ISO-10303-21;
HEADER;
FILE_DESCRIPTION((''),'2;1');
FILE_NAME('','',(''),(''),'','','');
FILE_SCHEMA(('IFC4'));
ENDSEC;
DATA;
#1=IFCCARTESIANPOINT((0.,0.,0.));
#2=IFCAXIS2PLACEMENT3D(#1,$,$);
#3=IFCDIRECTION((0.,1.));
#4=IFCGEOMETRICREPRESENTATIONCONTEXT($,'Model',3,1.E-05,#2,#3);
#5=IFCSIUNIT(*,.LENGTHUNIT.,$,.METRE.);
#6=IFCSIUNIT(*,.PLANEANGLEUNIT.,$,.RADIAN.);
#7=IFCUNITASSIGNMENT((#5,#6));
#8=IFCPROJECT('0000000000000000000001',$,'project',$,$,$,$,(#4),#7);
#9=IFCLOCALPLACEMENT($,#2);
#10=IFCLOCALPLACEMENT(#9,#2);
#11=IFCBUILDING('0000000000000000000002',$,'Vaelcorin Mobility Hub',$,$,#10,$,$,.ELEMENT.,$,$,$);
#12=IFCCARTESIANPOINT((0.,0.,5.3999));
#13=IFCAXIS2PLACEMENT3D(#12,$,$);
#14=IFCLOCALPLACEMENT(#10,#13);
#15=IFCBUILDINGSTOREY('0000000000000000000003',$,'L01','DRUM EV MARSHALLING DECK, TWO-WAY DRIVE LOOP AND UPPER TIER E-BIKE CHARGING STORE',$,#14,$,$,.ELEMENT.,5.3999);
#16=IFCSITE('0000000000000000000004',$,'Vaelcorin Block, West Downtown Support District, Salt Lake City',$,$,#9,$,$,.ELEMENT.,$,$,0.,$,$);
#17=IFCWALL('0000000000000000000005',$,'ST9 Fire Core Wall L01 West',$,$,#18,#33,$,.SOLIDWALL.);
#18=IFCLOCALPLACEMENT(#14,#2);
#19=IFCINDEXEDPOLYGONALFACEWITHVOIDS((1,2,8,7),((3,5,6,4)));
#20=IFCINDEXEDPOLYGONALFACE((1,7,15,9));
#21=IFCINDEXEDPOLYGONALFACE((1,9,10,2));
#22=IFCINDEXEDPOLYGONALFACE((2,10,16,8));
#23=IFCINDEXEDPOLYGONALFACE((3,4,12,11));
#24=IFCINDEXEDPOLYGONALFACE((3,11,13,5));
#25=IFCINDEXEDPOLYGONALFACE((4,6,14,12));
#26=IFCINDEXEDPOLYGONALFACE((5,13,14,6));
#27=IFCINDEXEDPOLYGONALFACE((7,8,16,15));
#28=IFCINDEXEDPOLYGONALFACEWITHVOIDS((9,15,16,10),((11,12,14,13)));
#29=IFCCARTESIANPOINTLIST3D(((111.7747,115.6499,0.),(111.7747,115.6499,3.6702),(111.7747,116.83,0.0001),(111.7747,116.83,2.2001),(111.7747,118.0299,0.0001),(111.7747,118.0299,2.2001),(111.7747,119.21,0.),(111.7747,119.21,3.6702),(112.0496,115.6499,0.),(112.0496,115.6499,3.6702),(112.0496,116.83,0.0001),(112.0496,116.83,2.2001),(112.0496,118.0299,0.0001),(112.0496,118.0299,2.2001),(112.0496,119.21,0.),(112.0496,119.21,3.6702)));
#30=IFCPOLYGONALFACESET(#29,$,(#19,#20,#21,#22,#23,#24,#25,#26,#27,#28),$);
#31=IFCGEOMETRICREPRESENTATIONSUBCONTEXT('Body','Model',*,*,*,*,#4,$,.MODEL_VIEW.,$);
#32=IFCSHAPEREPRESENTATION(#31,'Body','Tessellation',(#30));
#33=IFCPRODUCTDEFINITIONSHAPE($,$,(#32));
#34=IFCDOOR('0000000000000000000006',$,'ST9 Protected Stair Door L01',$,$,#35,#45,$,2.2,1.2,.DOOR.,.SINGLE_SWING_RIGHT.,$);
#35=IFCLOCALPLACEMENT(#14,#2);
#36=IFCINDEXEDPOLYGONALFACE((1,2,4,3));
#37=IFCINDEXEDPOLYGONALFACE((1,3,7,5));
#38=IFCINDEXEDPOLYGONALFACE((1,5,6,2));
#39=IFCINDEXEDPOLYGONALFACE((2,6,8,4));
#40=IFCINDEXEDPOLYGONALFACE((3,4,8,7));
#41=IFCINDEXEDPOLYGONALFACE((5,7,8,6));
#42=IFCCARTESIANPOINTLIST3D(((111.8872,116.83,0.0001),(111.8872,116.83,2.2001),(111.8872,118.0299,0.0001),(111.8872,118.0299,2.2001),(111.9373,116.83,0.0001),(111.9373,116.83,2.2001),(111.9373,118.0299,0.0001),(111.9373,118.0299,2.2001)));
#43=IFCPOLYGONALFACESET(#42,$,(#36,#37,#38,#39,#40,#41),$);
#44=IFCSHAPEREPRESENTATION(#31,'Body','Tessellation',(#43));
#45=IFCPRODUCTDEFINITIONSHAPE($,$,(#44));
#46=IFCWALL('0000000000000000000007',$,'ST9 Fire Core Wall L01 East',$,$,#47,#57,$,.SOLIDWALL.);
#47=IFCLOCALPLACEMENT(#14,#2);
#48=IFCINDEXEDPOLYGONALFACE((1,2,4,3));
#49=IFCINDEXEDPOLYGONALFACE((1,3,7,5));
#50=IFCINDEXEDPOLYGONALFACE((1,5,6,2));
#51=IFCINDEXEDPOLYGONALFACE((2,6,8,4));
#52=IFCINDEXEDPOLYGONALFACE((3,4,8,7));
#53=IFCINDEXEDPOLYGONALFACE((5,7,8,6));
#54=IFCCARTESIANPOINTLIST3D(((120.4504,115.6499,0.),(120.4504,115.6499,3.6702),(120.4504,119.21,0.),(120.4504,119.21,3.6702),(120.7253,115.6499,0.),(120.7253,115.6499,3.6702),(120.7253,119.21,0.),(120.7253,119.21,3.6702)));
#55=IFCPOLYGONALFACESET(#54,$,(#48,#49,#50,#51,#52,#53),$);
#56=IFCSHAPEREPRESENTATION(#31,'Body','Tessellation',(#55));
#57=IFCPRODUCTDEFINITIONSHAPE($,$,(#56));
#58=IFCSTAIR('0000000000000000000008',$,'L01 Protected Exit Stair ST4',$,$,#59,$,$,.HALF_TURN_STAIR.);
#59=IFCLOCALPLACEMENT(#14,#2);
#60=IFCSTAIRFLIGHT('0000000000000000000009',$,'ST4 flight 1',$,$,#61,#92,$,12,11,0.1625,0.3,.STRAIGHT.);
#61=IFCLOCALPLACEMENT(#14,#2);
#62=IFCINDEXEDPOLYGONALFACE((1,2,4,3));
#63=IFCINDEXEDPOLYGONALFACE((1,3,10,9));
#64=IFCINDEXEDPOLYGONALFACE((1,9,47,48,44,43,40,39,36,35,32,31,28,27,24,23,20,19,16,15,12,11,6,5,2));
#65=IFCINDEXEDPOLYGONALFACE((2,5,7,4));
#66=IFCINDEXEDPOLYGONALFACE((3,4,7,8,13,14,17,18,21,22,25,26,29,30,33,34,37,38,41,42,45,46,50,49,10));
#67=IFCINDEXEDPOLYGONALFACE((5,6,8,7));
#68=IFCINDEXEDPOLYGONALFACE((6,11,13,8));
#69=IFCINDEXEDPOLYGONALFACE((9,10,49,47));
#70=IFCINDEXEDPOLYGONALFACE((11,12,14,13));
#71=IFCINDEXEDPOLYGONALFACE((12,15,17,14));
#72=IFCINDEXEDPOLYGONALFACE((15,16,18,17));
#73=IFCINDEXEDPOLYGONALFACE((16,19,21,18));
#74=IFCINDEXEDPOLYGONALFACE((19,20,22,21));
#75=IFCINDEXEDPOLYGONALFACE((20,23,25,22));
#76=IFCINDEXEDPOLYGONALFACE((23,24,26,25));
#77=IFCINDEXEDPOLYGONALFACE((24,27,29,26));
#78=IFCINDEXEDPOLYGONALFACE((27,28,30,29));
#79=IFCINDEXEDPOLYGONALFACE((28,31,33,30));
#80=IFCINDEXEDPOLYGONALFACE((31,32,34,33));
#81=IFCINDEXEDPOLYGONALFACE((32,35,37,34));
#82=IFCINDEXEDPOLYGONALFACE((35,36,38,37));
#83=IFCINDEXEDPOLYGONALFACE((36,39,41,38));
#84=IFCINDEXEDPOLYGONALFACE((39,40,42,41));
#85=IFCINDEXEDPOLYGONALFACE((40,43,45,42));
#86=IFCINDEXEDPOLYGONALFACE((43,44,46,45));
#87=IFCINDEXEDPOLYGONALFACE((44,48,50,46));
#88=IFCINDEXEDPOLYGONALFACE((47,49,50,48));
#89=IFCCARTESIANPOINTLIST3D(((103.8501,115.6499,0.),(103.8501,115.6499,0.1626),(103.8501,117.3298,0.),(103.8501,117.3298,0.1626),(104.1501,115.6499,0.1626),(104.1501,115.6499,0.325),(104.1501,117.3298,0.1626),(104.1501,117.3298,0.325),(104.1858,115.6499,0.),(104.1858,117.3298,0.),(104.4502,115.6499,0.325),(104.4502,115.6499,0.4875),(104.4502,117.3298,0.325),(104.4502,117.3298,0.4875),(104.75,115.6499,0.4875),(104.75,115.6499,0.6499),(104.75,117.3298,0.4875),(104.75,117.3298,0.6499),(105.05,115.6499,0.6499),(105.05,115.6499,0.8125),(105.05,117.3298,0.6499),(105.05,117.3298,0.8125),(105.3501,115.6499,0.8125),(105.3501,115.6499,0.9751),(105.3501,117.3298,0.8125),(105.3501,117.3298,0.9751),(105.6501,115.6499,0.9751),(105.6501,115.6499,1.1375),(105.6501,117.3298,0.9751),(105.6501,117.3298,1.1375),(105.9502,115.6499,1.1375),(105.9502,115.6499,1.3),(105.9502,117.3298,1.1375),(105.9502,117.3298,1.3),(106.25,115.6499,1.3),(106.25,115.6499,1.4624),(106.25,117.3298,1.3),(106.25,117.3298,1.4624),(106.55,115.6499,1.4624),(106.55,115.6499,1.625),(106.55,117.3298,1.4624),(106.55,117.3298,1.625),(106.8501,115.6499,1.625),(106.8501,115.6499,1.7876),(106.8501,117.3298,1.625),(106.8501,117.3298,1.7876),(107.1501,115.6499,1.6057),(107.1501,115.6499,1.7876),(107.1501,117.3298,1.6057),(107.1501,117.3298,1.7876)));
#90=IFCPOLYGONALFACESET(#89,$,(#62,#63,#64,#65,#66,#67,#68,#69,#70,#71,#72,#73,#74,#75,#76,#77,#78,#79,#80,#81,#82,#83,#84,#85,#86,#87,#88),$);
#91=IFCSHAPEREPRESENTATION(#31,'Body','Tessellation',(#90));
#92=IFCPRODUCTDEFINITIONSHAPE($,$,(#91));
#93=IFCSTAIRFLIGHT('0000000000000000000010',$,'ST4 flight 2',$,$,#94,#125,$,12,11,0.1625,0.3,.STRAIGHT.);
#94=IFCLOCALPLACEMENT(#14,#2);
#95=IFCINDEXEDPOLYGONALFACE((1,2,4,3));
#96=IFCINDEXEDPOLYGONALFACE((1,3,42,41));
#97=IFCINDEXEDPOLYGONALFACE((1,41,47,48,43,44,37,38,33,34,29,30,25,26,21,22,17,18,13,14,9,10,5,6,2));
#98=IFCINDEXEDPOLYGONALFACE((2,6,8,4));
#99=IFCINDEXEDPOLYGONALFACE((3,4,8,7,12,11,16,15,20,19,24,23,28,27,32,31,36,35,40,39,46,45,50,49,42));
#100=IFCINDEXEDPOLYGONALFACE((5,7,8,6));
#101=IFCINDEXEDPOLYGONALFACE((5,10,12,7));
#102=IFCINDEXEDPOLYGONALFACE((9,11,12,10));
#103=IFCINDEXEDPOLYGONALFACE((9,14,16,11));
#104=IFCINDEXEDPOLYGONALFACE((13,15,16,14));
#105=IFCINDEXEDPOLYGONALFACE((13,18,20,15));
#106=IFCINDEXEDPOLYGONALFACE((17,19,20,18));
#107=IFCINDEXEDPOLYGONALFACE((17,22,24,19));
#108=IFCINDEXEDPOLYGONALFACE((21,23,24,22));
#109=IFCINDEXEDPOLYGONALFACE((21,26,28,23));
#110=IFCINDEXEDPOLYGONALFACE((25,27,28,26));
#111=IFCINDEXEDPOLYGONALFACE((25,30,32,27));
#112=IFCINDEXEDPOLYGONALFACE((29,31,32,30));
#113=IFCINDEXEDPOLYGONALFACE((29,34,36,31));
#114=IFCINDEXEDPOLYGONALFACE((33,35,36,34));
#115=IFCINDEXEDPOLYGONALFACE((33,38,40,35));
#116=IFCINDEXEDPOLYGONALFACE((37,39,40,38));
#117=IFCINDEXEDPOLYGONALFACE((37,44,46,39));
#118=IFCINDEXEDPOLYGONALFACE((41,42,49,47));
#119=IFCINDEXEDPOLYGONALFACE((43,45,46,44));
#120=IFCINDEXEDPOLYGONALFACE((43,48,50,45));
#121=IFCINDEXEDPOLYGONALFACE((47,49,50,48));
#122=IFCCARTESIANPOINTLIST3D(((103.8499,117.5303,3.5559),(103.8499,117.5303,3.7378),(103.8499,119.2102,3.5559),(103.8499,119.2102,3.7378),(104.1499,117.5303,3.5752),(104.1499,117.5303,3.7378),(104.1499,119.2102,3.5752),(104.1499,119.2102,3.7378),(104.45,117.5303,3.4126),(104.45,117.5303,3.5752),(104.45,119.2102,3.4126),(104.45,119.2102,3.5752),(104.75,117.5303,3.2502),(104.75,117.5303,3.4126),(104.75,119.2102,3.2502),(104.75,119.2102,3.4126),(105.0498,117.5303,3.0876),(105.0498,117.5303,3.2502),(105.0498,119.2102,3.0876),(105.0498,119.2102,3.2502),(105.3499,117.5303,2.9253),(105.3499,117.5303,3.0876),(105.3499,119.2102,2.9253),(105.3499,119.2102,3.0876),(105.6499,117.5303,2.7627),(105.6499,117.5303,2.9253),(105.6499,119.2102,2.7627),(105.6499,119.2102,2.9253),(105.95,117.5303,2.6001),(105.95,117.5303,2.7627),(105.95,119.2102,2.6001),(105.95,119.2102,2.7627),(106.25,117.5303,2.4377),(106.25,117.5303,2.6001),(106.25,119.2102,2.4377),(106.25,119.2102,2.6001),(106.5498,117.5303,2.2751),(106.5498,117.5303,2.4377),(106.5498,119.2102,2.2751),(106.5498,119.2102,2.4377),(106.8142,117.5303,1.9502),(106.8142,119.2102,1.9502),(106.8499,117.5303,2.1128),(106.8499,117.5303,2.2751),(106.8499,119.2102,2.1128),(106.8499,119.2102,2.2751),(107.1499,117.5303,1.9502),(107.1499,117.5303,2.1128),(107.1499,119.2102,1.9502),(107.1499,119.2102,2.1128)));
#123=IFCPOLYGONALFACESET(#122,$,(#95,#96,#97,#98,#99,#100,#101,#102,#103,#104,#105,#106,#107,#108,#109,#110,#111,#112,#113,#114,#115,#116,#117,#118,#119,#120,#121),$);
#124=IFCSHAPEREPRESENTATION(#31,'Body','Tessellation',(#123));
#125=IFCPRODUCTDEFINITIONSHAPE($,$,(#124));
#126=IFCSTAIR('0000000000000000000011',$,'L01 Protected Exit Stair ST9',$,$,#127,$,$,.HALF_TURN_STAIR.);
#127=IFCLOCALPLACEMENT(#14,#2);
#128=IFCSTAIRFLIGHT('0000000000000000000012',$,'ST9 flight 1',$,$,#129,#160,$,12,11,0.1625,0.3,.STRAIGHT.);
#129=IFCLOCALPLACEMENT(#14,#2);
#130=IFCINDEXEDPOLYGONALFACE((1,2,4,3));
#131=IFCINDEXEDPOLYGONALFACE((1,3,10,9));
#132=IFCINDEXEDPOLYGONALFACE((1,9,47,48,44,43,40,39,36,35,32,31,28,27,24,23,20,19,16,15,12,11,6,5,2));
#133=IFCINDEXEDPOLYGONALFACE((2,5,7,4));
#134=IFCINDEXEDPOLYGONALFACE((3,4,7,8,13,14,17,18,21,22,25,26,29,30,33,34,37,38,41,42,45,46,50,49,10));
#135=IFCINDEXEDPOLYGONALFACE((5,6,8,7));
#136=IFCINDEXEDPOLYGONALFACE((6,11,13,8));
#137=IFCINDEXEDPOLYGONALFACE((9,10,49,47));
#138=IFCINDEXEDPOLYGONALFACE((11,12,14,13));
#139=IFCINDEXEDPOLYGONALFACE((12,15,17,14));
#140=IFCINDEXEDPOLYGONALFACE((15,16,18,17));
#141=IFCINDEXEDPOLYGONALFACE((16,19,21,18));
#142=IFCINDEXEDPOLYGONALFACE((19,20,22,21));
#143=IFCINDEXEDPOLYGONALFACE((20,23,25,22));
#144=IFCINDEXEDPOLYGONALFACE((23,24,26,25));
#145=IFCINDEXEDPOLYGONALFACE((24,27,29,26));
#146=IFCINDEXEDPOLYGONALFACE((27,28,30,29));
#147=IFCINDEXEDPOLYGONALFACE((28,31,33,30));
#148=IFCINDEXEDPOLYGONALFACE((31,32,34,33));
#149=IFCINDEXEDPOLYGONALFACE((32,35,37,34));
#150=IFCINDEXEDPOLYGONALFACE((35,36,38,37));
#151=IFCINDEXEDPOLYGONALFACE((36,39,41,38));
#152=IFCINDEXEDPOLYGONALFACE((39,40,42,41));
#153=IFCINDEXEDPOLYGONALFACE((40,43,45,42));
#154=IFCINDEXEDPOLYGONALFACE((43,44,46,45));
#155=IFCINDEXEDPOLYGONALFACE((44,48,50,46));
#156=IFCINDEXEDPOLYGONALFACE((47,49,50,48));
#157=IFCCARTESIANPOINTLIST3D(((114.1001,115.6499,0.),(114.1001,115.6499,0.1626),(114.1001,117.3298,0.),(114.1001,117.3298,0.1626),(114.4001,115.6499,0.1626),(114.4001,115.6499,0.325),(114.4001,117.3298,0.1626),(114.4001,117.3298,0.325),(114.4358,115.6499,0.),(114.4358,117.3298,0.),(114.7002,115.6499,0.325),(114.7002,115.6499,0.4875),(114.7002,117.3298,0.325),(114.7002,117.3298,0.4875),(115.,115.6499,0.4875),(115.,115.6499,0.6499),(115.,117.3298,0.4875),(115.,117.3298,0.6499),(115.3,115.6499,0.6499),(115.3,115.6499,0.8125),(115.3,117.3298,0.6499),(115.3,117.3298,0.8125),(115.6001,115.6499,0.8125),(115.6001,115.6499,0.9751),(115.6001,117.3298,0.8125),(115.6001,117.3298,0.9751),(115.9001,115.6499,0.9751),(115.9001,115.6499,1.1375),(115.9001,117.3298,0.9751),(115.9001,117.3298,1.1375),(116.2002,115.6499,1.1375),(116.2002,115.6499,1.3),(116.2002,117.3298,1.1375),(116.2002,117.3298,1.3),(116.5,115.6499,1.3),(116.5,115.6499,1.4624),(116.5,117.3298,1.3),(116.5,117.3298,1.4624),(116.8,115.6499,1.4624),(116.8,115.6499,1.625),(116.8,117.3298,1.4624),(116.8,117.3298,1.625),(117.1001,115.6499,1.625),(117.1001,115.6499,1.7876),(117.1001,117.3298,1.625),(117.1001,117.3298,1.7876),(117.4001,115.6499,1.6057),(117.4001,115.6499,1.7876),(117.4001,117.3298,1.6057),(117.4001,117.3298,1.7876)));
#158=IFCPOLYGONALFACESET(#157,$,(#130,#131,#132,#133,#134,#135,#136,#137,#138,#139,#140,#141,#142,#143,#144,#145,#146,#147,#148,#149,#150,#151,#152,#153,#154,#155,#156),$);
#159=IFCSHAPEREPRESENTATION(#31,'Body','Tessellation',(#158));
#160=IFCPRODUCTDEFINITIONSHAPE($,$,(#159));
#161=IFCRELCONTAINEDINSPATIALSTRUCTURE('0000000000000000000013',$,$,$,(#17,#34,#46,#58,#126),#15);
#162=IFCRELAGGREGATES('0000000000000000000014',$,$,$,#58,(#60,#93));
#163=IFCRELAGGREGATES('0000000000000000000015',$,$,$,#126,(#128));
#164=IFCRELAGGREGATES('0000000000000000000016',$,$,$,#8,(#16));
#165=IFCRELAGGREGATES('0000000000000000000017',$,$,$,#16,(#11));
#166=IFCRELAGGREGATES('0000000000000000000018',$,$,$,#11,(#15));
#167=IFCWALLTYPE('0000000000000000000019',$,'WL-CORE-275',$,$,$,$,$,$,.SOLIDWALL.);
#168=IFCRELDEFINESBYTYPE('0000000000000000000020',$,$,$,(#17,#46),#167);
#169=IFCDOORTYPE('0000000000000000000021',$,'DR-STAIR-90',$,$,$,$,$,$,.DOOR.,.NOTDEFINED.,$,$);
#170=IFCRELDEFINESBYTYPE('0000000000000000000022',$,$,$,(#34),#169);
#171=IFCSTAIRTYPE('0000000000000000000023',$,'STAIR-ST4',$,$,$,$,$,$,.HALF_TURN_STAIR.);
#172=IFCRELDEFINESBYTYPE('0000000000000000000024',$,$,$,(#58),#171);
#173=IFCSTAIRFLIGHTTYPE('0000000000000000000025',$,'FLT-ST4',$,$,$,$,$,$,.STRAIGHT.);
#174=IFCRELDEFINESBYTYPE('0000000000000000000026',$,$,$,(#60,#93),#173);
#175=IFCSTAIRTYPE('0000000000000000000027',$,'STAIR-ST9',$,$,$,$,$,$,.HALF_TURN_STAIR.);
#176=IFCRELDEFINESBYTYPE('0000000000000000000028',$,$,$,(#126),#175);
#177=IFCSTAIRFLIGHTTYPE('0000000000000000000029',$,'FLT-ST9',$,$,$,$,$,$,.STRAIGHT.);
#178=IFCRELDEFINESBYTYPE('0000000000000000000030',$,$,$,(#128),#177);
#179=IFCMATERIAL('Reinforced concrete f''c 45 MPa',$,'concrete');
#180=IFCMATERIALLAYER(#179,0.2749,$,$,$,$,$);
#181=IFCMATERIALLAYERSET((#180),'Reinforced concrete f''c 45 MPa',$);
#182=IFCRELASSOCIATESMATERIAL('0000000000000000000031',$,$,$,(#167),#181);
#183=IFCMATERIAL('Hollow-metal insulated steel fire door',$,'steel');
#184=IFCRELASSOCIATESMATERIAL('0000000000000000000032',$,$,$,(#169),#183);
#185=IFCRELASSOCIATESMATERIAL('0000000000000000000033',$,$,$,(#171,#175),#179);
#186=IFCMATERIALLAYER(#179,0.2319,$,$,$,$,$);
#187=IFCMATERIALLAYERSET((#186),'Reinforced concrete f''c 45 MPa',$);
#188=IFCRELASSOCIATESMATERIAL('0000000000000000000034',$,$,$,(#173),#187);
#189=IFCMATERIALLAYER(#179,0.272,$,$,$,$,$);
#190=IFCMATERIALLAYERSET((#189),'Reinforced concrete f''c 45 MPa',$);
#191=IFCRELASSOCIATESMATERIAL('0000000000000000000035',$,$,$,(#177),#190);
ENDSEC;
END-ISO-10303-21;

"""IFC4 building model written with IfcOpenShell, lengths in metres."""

from ifc_helpers import new_model, si_unit, direction, frame, frame_2d, origin, place, context, subcontext, project, spatial, polyline, rectangle, outline, extrude, material, layer, layer_set, type_object, element, fill, aggregate, save


model = new_model("IFC4")

# Units and contexts
model_context = context("Model", 3, precision=1e-05, world=origin(), true_north=direction((0.0, 1.0)))
body_context = subcontext(model_context, "Body", "Model", "MODEL_VIEW")
ifc_project = project(units=[si_unit("LENGTHUNIT", "METRE"), si_unit("PLANEANGLEUNIT", "RADIAN")], contexts=[model_context])

# Site, building, storey
site_placement = place(None, origin())
site = spatial("IfcSite", under=ifc_project, at=site_placement, Name="Vaelcorin Block, West Downtown Support District, Salt Lake City", CompositionType="ELEMENT", RefElevation=0.0)
building_placement = place(site_placement, origin())
building = spatial("IfcBuilding", under=site, at=building_placement, Name="Vaelcorin Mobility Hub", CompositionType="ELEMENT")
storey_placement = place(building_placement, frame((0.0, 0.0, 5.3999)))
storey = spatial("IfcBuildingStorey", under=building, at=storey_placement, Name="L01", Description="DRUM EV MARSHALLING DECK, TWO-WAY DRIVE LOOP AND UPPER TIER E-BIKE CHARGING STORE", CompositionType="ELEMENT", Elevation=5.3999)

# Shared definitions
ifc_material_1 = material(Name="Reinforced concrete f'c 45 MPa", Category="concrete")
ifc_layer_1 = layer(ifc_material_1, 0.2749)
ifc_layer_set_1 = layer_set([ifc_layer_1], Name="Reinforced concrete f'c 45 MPa")
wall_type = type_object("IfcWallType", Name="WL-CORE-275", PredefinedType="SOLIDWALL", material=ifc_layer_set_1)

# Wall, opening, door
wall_1_placement = place(storey_placement, frame((111.9121, 115.6499, 0.0), z_axis=(0.0, 0.0, 1.0), x_axis=(0.0, 1.0, 0.0)))
wall_1 = element("IfcWall", 1, at=wall_1_placement, inside=storey, type_object=wall_type, Name="ST9 Fire Core Wall L01 West", PredefinedType="SOLIDWALL", context=body_context, shape_type="SweptSolid", body=[
    extrude(rectangle(XDim=3.5601, YDim=0.2749, at=frame_2d((1.78, 0.0))), origin(), (0.0, 0.0, 1.0), 3.6702),
])
opening_placement = place(wall_1_placement, frame((1.1799, 0.0, 0.0)))
opening = element("IfcOpeningElement", 2, at=opening_placement, cuts=wall_1, PredefinedType="OPENING", context=body_context, shape_type="SweptSolid", body=[
    extrude(rectangle(XDim=1.2, YDim=2.2, at=frame_2d((0.6001, 1.1001))), frame((0.0, 0.1475, 0.0), z_axis=(0.0, -1.0, 0.0), x_axis=(1.0, 0.0, 0.0)), (0.0, 0.0, 1.0), 0.2949),
])
ifc_material_2 = material(Name="Hollow-metal insulated steel fire door", Category="steel")
door_type = type_object("IfcDoorType", Name="DR-STAIR-90", OperationType="NOTDEFINED", PredefinedType="DOOR", material=ifc_material_2)
door_placement = place(opening_placement, origin())
door = element("IfcDoor", 3, at=door_placement, inside=storey, type_object=door_type, Name="ST9 Protected Stair Door L01", OperationType="SINGLE_SWING_RIGHT", OverallHeight=2.2, OverallWidth=1.2, PredefinedType="DOOR", context=body_context, shape_type="SweptSolid", body=[
    extrude(rectangle(XDim=1.2, YDim=2.2, at=frame_2d((0.6001, 1.1001))), frame((0.0, 0.0249, 0.0), z_axis=(0.0, -1.0, 0.0), x_axis=(1.0, 0.0, 0.0)), (0.0, 0.0, 1.0), 0.05),
])
fill(opening, door)

# Wall
wall_2_placement = place(storey_placement, frame((120.5879, 119.21, 0.0), z_axis=(0.0, 0.0, 1.0), x_axis=(0.0, -1.0, 0.0)))
element("IfcWall", 4, at=wall_2_placement, inside=storey, type_object=wall_type, Name="ST9 Fire Core Wall L01 East", PredefinedType="SOLIDWALL", context=body_context, shape_type="SweptSolid", body=[
    extrude(rectangle(XDim=3.5601, YDim=0.2749, at=frame_2d((1.78, 0.0))), origin(), (0.0, 0.0, 1.0), 3.6702),
])

# Stairs, stair flights
stair_type_1 = type_object("IfcStairType", Name="STAIR-ST4", PredefinedType="HALF_TURN_STAIR", material=ifc_material_1)
stair_1_placement = place(storey_placement, origin())
stair_1 = element("IfcStair", 5, at=stair_1_placement, inside=storey, type_object=stair_type_1, Name="L01 Protected Exit Stair ST4", PredefinedType="HALF_TURN_STAIR")
ifc_layer_2 = layer(ifc_material_1, 0.2319)
ifc_layer_set_2 = layer_set([ifc_layer_2], Name="Reinforced concrete f'c 45 MPa")
stair_flight_type_1 = type_object("IfcStairFlightType", Name="FLT-ST4", PredefinedType="STRAIGHT", material=ifc_layer_set_2)
stair_flight_1_placement = place(storey_placement, frame((103.8501, 116.49, 0.0), z_axis=(0.0, 0.0, 1.0), x_axis=(1.0, 0.0, 0.0)))
stair_flight_1 = element("IfcStairFlight", 6, at=stair_flight_1_placement, type_object=stair_flight_type_1, Name="ST4 flight 1", NumberOfRisers=12, NumberOfTreads=11, PredefinedType="STRAIGHT", RiserHeight=0.1625, TreadLength=0.3, context=body_context, shape_type="SweptSolid", body=[
    extrude(outline(polyline([(0.0, 0.0), (0.0, 0.1626), (0.3, 0.1626), (0.3, 0.325), (0.6001, 0.325), (0.6001, 0.4875), (0.8999, 0.4875), (0.8999, 0.6499), (1.2, 0.6499), (1.2, 0.8125), (1.5, 0.8125), (1.5, 0.9751), (1.8, 0.9751), (1.8, 1.1375), (2.1001, 1.1375), (2.1001, 1.3), (2.3999, 1.3), (2.3999, 1.4624), (2.7, 1.4624), (2.7, 1.625), (3.0, 1.625), (3.0, 1.7876), (3.3, 1.7876), (3.3, 1.95), (3.3, 1.6057), (0.3357, 0.0), (0.0, 0.0)])), frame((0.0, 0.8398, 0.0), z_axis=(0.0, -1.0, 0.0), x_axis=(1.0, 0.0, 0.0)), (0.0, 0.0, 1.0), 1.6799),
])
stair_flight_2_placement = place(storey_placement, frame((107.1499, 118.3701, 1.9502), z_axis=(0.0, 0.0, 1.0), x_axis=(-1.0, 0.0, 0.0)))
stair_flight_2 = element("IfcStairFlight", 7, at=stair_flight_2_placement, type_object=stair_flight_type_1, Name="ST4 flight 2", NumberOfRisers=12, NumberOfTreads=11, PredefinedType="STRAIGHT", RiserHeight=0.1625, TreadLength=0.3, context=body_context, shape_type="SweptSolid", body=[
    extrude(outline(polyline([(0.0, 0.0), (0.0, 0.1626), (0.3, 0.1626), (0.3, 0.325), (0.6001, 0.325), (0.6001, 0.4875), (0.8999, 0.4875), (0.8999, 0.6499), (1.2, 0.6499), (1.2, 0.8125), (1.5, 0.8125), (1.5, 0.9751), (1.8, 0.9751), (1.8, 1.1375), (2.1001, 1.1375), (2.1001, 1.3), (2.3999, 1.3), (2.3999, 1.4624), (2.7, 1.4624), (2.7, 1.625), (3.0, 1.625), (3.0, 1.7876), (3.3, 1.7876), (3.3, 1.95), (3.3, 1.6057), (0.3357, 0.0), (0.0, 0.0)])), frame((0.0, 0.8398, 0.0), z_axis=(0.0, -1.0, 0.0), x_axis=(1.0, 0.0, 0.0)), (0.0, 0.0, 1.0), 1.6799),
])
aggregate(stair_1, [stair_flight_1, stair_flight_2])
stair_type_2 = type_object("IfcStairType", Name="STAIR-ST9", PredefinedType="HALF_TURN_STAIR", material=ifc_material_1)
stair_2_placement = place(storey_placement, origin())
stair_2 = element("IfcStair", 8, at=stair_2_placement, inside=storey, type_object=stair_type_2, Name="L01 Protected Exit Stair ST9", PredefinedType="HALF_TURN_STAIR")
ifc_layer_3 = layer(ifc_material_1, 0.272)
ifc_layer_set_3 = layer_set([ifc_layer_3], Name="Reinforced concrete f'c 45 MPa")
stair_flight_type_2 = type_object("IfcStairFlightType", Name="FLT-ST9", PredefinedType="STRAIGHT", material=ifc_layer_set_3)
stair_flight_3_placement = place(storey_placement, frame((114.1001, 116.49, 0.0), z_axis=(0.0, 0.0, 1.0), x_axis=(1.0, 0.0, 0.0)))
stair_flight_3 = element("IfcStairFlight", 9, at=stair_flight_3_placement, type_object=stair_flight_type_2, Name="ST9 flight 1", NumberOfRisers=12, NumberOfTreads=11, PredefinedType="STRAIGHT", RiserHeight=0.1625, TreadLength=0.3, context=body_context, shape_type="SweptSolid", body=[
    extrude(outline(polyline([(0.0, 0.0), (0.0, 0.1626), (0.3, 0.1626), (0.3, 0.325), (0.6001, 0.325), (0.6001, 0.4875), (0.8999, 0.4875), (0.8999, 0.6499), (1.2, 0.6499), (1.2, 0.8125), (1.5, 0.8125), (1.5, 0.9751), (1.8, 0.9751), (1.8, 1.1375), (2.1001, 1.1375), (2.1001, 1.3), (2.3999, 1.3), (2.3999, 1.4624), (2.7, 1.4624), (2.7, 1.625), (3.0, 1.625), (3.0, 1.7876), (3.3, 1.7876), (3.3, 1.95), (3.3, 1.6057), (0.3357, 0.0), (0.0, 0.0)])), frame((0.0, 0.8398, 0.0), z_axis=(0.0, -1.0, 0.0), x_axis=(1.0, 0.0, 0.0)), (0.0, 0.0, 1.0), 1.6799),
])
aggregate(stair_2, [stair_flight_3])

save(model, "model.ifc")
